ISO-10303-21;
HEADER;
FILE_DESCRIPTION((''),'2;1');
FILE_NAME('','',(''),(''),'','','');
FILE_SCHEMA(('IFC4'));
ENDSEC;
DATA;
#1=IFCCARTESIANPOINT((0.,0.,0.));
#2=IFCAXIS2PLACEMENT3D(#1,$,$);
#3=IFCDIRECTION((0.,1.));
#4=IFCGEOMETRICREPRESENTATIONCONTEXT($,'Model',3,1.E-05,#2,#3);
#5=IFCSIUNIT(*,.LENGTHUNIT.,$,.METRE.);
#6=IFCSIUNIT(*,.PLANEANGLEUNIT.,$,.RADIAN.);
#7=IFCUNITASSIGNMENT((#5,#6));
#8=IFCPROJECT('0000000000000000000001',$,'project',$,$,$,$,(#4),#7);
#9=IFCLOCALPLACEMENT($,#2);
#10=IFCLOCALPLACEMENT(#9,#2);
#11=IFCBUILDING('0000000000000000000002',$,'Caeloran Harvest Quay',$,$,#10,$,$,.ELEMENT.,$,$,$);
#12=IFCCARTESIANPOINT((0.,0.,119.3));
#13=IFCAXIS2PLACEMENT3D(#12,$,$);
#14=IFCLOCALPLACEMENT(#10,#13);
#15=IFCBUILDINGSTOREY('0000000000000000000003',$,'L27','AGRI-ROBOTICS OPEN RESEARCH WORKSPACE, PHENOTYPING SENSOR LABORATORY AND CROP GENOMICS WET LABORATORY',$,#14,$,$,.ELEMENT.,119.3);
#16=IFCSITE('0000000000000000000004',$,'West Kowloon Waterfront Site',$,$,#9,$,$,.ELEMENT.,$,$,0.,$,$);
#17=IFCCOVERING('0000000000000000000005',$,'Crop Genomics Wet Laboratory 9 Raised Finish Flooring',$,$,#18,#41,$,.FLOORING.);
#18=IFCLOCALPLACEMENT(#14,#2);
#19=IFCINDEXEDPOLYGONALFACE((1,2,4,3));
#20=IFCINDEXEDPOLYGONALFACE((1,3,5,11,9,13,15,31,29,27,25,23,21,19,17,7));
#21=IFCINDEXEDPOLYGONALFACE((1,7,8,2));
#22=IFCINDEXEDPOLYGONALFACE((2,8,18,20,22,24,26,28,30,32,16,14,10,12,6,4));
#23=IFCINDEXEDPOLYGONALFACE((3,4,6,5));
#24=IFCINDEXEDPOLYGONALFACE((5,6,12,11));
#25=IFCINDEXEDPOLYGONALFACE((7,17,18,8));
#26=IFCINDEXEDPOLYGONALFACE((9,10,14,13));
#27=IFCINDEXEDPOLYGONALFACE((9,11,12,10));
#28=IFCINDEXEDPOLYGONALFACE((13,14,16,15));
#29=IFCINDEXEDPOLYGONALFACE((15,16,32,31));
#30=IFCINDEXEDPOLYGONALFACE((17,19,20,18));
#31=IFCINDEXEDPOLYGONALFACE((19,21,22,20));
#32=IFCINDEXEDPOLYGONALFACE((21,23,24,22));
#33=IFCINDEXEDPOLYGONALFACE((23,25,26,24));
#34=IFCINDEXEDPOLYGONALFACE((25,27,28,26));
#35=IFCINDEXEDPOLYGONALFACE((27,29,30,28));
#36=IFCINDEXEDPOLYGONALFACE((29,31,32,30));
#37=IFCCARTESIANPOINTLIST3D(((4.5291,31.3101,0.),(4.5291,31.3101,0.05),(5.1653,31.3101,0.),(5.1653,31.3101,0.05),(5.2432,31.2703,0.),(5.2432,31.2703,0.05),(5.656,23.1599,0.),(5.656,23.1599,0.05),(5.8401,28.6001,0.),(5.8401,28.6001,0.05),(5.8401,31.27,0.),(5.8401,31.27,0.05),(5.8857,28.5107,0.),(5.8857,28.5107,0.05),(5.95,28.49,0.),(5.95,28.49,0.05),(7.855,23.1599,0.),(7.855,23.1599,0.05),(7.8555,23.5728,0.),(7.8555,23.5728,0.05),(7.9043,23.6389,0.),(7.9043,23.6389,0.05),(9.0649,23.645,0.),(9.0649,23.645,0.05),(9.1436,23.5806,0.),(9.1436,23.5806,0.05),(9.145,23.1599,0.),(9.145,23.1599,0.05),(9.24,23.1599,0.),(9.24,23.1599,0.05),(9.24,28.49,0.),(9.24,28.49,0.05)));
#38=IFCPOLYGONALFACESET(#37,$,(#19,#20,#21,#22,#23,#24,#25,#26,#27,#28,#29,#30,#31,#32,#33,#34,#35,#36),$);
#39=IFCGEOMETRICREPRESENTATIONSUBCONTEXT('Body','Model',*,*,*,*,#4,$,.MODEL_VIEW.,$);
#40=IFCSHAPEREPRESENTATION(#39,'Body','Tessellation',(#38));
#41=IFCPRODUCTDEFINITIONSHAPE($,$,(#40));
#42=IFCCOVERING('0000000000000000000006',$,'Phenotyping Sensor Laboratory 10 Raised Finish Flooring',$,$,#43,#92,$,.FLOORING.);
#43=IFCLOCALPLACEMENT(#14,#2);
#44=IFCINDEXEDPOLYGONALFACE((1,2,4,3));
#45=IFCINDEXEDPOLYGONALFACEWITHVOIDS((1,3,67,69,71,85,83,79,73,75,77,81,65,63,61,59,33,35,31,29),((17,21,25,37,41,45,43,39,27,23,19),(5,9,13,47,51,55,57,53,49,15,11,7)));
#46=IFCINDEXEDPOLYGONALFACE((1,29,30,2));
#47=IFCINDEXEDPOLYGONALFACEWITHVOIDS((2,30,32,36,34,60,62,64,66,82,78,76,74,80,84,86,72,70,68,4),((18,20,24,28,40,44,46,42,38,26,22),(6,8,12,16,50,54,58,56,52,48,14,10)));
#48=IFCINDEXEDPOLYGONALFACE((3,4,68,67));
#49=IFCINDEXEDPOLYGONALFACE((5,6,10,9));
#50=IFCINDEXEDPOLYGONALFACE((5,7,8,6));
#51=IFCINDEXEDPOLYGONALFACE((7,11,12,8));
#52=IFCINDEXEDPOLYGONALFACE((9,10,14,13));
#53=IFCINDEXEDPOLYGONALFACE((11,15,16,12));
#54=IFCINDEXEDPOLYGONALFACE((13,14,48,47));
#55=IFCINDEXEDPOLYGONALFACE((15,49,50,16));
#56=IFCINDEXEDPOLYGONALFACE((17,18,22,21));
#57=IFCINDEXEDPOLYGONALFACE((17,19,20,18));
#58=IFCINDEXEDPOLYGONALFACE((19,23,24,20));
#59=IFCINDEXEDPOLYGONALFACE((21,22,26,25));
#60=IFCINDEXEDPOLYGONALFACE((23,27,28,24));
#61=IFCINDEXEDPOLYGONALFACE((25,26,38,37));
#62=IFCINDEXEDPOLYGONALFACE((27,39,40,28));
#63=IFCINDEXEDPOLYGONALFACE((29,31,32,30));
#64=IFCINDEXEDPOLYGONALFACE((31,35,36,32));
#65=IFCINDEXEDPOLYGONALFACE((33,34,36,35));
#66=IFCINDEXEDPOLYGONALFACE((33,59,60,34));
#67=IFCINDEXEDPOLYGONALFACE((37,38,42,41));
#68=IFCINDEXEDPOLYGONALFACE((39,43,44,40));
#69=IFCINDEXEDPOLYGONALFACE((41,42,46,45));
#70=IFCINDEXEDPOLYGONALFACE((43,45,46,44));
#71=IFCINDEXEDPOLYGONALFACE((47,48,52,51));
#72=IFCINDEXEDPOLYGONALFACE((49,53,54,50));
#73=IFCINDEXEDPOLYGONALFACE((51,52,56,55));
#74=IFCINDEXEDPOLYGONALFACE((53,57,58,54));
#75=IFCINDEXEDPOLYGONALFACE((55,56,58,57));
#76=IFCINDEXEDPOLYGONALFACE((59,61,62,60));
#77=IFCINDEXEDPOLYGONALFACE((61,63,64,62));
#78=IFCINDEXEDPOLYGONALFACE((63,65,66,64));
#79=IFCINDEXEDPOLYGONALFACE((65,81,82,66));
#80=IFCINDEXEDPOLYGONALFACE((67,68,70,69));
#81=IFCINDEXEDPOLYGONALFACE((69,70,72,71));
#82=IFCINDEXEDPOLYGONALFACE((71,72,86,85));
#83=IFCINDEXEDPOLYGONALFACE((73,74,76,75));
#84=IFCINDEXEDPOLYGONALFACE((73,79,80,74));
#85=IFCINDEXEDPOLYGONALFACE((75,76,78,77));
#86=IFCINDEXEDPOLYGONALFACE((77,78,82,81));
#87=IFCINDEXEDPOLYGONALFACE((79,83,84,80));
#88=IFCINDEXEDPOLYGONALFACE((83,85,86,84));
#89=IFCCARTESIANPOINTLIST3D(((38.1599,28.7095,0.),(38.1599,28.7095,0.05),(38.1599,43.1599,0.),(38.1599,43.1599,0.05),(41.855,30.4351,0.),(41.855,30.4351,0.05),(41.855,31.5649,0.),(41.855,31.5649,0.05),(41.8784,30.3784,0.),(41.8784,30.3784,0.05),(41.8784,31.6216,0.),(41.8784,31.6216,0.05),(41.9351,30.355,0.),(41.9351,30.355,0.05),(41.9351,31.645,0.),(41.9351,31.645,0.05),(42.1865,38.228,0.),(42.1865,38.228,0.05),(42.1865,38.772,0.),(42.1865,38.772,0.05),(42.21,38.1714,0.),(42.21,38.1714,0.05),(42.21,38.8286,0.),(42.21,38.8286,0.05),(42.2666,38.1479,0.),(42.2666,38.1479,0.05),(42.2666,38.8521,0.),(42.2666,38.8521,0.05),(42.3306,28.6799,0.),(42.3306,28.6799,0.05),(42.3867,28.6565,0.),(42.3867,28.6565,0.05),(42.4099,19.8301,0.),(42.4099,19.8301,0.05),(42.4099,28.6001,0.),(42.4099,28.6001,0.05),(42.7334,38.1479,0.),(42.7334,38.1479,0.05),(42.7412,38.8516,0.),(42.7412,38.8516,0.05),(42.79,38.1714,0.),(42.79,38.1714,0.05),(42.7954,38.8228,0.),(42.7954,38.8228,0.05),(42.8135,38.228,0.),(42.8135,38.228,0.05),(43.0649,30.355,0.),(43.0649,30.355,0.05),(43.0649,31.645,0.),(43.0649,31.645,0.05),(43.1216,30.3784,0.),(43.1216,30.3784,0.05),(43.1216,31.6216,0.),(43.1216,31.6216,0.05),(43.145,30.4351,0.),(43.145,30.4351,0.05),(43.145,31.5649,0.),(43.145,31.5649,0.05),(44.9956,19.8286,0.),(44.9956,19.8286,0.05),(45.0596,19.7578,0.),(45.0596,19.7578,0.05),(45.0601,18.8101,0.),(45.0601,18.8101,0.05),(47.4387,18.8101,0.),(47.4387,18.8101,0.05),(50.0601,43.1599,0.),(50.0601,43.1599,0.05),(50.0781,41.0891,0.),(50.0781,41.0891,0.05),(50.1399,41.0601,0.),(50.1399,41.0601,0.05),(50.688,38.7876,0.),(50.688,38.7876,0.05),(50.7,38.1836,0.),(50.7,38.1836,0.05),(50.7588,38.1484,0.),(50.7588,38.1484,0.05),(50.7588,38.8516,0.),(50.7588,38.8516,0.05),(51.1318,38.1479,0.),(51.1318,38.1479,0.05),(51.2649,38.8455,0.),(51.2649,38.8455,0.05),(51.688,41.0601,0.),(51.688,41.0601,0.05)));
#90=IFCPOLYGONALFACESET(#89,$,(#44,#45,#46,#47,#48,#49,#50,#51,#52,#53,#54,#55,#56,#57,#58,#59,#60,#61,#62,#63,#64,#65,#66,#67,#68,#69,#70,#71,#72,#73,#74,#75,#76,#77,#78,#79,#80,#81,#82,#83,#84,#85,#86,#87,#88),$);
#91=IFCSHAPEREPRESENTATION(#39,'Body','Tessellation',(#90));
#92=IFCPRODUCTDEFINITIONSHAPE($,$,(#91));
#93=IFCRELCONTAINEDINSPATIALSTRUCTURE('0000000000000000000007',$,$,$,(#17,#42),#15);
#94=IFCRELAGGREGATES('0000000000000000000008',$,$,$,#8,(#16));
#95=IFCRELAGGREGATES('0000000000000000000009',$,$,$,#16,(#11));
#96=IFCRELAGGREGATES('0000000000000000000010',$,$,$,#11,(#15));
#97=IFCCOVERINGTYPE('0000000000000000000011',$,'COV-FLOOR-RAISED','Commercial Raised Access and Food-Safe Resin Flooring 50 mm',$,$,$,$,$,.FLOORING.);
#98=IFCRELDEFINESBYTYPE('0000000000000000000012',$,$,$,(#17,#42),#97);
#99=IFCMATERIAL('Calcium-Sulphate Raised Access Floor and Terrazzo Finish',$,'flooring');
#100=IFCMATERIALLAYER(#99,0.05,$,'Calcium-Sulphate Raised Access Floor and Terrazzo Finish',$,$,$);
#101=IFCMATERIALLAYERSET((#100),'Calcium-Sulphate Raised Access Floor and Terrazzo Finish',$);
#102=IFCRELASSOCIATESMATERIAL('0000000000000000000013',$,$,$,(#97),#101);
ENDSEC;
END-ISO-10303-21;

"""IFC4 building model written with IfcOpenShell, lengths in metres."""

from ifc_helpers import new_model, si_unit, direction, frame, origin, place, context, subcontext, project, spatial, polyline, outline, extrude, material, layer, layer_set, type_object, element, save


model = new_model("IFC4")

# Units and contexts
model_context = context("Model", 3, precision=1e-05, world=origin(), true_north=direction((0.0, 1.0)))
body_context = subcontext(model_context, "Body", "Model", "MODEL_VIEW")
ifc_project = project(units=[si_unit("LENGTHUNIT", "METRE"), si_unit("PLANEANGLEUNIT", "RADIAN")], contexts=[model_context])

# Site, building, storey
site_placement = place(None, origin())
site = spatial("IfcSite", under=ifc_project, at=site_placement, Name="West Kowloon Waterfront Site", CompositionType="ELEMENT", RefElevation=0.0)
building_placement = place(site_placement, origin())
building = spatial("IfcBuilding", under=site, at=building_placement, Name="Caeloran Harvest Quay", CompositionType="ELEMENT")
storey_placement = place(building_placement, frame((0.0, 0.0, 119.3)))
storey = spatial("IfcBuildingStorey", under=building, at=storey_placement, Name="L27", Description="AGRI-ROBOTICS OPEN RESEARCH WORKSPACE, PHENOTYPING SENSOR LABORATORY AND CROP GENOMICS WET LABORATORY", CompositionType="ELEMENT", Elevation=119.3)

# Coverings
ifc_material_1 = material(Name="Calcium-Sulphate Raised Access Floor and Terrazzo Finish", Category="flooring")
ifc_layer_1 = layer(ifc_material_1, 0.05, Name="Calcium-Sulphate Raised Access Floor and Terrazzo Finish")
ifc_layer_set_1 = layer_set([ifc_layer_1], Name="Calcium-Sulphate Raised Access Floor and Terrazzo Finish")
covering_type_1 = type_object("IfcCoveringType", Name="COV-FLOOR-RAISED", Description="Commercial Raised Access and Food-Safe Resin Flooring 50 mm", PredefinedType="FLOORING", material=ifc_layer_set_1)
covering_1_placement = place(storey_placement, origin())
element("IfcCovering", 1, at=covering_1_placement, inside=storey, type_object=covering_type_1, Name="Crop Genomics Wet Laboratory 9 Raised Finish Flooring", PredefinedType="FLOORING", context=body_context, shape_type="SweptSolid", body=[
    extrude(outline(polyline([(5.1653, 31.3101), (5.2432, 31.2703), (5.8401, 31.27), (5.8401, 28.6001), (5.8857, 28.5107), (5.95, 28.49), (9.24, 28.49), (9.24, 23.1599), (9.145, 23.1599), (9.1436, 23.5806), (9.0649, 23.645), (7.9043, 23.6389), (7.8555, 23.5728), (7.855, 23.1599), (5.656, 23.1599), (4.5291, 31.3101), (5.1653, 31.3101)])), origin(), (0.0, 0.0, 1.0), 0.05),
])
covering_2_placement = place(storey_placement, origin())
element("IfcCovering", 2, at=covering_2_placement, inside=storey, type_object=covering_type_1, Name="Phenotyping Sensor Laboratory 10 Raised Finish Flooring", PredefinedType="FLOORING", context=body_context, shape_type="SweptSolid", body=[
    extrude(outline(polyline([(38.1599, 43.1599), (50.0601, 43.1599), (50.0781, 41.0891), (50.1399, 41.0601), (51.688, 41.0601), (51.2649, 38.8455), (50.7588, 38.8516), (50.688, 38.7876), (50.7, 38.1836), (50.7588, 38.1484), (51.1318, 38.1479), (47.4387, 18.8101), (45.0601, 18.8101), (45.0596, 19.7578), (44.9956, 19.8286), (42.4099, 19.8301), (42.4099, 28.6001), (42.3867, 28.6565), (42.3306, 28.6799), (38.1599, 28.7095), (38.1599, 43.1599)]), holes=[polyline([(41.9351, 31.645), (41.8784, 31.6216), (41.855, 31.5649), (41.855, 30.4351), (41.8784, 30.3784), (41.9351, 30.355), (43.0649, 30.355), (43.1216, 30.3784), (43.145, 30.4351), (43.145, 31.5649), (43.1216, 31.6216), (43.0649, 31.645), (41.9351, 31.645)]), polyline([(42.8135, 38.228), (42.7954, 38.8228), (42.7412, 38.8516), (42.2666, 38.8521), (42.21, 38.8286), (42.1865, 38.772), (42.1865, 38.228), (42.21, 38.1714), (42.2666, 38.1479), (42.7334, 38.1479), (42.79, 38.1714), (42.8135, 38.228)])]), origin(), (0.0, 0.0, 1.0), 0.05),
])

save(model, "model.ifc")
